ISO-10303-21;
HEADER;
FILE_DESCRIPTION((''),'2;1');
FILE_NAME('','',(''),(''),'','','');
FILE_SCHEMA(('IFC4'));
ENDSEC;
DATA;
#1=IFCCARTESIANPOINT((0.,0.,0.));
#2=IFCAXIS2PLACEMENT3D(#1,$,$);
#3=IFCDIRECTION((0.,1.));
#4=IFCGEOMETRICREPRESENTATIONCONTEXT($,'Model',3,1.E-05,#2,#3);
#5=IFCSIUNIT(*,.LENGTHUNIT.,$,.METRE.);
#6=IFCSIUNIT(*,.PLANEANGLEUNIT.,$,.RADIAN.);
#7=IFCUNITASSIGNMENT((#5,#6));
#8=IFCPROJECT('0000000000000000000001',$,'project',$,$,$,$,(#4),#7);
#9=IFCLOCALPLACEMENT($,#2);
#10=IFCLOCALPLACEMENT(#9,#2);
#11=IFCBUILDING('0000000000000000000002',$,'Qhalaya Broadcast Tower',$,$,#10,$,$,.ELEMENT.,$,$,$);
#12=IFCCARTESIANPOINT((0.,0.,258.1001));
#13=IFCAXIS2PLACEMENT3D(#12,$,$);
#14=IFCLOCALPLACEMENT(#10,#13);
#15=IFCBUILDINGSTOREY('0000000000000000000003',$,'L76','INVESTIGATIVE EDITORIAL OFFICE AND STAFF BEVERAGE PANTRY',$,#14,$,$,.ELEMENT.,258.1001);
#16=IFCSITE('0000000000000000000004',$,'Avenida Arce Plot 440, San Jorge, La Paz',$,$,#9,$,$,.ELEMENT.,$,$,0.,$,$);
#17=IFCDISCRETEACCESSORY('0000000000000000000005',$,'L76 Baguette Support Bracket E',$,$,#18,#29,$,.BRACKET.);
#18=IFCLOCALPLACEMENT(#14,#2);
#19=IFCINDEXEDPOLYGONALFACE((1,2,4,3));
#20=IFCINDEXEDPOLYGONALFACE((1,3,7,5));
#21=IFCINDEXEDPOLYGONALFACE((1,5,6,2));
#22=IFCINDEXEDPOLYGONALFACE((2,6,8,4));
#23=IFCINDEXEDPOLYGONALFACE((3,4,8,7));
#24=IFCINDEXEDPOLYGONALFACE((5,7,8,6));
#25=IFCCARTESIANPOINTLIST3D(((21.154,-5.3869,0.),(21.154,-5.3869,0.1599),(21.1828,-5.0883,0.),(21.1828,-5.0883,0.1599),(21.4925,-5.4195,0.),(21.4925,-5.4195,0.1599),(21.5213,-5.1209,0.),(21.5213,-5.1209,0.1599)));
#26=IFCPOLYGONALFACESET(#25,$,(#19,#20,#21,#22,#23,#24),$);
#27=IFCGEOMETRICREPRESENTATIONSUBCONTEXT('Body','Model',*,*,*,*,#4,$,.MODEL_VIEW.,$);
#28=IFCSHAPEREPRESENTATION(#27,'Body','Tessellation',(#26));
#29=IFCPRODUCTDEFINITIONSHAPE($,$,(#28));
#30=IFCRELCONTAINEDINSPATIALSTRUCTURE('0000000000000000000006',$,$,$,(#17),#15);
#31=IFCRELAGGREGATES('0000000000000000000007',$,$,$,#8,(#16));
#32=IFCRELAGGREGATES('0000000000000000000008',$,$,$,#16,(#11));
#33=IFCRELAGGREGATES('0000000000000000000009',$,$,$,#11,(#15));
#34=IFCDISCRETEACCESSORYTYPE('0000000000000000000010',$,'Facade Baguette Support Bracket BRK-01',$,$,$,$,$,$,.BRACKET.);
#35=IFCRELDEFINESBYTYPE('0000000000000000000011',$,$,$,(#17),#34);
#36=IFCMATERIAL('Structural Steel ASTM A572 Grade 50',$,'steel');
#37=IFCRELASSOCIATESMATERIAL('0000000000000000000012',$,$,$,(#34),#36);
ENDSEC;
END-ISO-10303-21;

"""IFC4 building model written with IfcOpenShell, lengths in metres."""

from ifc_helpers import new_model, si_unit, direction, frame, origin, origin_2d, place, context, subcontext, project, spatial, rectangle, extrude, material, type_object, element, save


model = new_model("IFC4")

# Units and contexts
model_context = context("Model", 3, precision=1e-05, world=origin(), true_north=direction((0.0, 1.0)))
body_context = subcontext(model_context, "Body", "Model", "MODEL_VIEW")
ifc_project = project(units=[si_unit("LENGTHUNIT", "METRE"), si_unit("PLANEANGLEUNIT", "RADIAN")], contexts=[model_context])

# Site, building, storey
site_placement = place(None, origin())
site = spatial("IfcSite", under=ifc_project, at=site_placement, Name="Avenida Arce Plot 440, San Jorge, La Paz", CompositionType="ELEMENT", RefElevation=0.0)
building_placement = place(site_placement, origin())
building = spatial("IfcBuilding", under=site, at=building_placement, Name="Qhalaya Broadcast Tower", CompositionType="ELEMENT")
storey_placement = place(building_placement, frame((0.0, 0.0, 258.1001)))
storey = spatial("IfcBuildingStorey", under=building, at=storey_placement, Name="L76", Description="INVESTIGATIVE EDITORIAL OFFICE AND STAFF BEVERAGE PANTRY", CompositionType="ELEMENT", Elevation=258.1001)

# Shared definitions
ifc_material_1 = material(Name="Structural Steel ASTM A572 Grade 50", Category="steel")

# Discrete accessory
discrete_accessory_type = type_object("IfcDiscreteAccessoryType", Name="Facade Baguette Support Bracket BRK-01", PredefinedType="BRACKET", material=ifc_material_1)
discrete_accessory_placement = place(storey_placement, frame((21.3376, -5.2539, 0.0), z_axis=(0.0, 0.0, 1.0), x_axis=(0.095846, 0.995396, 0.0)))
element("IfcDiscreteAccessory", 1, at=discrete_accessory_placement, inside=storey, type_object=discrete_accessory_type, Name="L76 Baguette Support Bracket E", PredefinedType="BRACKET", context=body_context, shape_type="SweptSolid", body=[
    extrude(rectangle(XDim=0.3, YDim=0.3401, at=origin_2d()), origin(), (0.0, 0.0, 1.0), 0.1599),
])

save(model, "model.ifc")
